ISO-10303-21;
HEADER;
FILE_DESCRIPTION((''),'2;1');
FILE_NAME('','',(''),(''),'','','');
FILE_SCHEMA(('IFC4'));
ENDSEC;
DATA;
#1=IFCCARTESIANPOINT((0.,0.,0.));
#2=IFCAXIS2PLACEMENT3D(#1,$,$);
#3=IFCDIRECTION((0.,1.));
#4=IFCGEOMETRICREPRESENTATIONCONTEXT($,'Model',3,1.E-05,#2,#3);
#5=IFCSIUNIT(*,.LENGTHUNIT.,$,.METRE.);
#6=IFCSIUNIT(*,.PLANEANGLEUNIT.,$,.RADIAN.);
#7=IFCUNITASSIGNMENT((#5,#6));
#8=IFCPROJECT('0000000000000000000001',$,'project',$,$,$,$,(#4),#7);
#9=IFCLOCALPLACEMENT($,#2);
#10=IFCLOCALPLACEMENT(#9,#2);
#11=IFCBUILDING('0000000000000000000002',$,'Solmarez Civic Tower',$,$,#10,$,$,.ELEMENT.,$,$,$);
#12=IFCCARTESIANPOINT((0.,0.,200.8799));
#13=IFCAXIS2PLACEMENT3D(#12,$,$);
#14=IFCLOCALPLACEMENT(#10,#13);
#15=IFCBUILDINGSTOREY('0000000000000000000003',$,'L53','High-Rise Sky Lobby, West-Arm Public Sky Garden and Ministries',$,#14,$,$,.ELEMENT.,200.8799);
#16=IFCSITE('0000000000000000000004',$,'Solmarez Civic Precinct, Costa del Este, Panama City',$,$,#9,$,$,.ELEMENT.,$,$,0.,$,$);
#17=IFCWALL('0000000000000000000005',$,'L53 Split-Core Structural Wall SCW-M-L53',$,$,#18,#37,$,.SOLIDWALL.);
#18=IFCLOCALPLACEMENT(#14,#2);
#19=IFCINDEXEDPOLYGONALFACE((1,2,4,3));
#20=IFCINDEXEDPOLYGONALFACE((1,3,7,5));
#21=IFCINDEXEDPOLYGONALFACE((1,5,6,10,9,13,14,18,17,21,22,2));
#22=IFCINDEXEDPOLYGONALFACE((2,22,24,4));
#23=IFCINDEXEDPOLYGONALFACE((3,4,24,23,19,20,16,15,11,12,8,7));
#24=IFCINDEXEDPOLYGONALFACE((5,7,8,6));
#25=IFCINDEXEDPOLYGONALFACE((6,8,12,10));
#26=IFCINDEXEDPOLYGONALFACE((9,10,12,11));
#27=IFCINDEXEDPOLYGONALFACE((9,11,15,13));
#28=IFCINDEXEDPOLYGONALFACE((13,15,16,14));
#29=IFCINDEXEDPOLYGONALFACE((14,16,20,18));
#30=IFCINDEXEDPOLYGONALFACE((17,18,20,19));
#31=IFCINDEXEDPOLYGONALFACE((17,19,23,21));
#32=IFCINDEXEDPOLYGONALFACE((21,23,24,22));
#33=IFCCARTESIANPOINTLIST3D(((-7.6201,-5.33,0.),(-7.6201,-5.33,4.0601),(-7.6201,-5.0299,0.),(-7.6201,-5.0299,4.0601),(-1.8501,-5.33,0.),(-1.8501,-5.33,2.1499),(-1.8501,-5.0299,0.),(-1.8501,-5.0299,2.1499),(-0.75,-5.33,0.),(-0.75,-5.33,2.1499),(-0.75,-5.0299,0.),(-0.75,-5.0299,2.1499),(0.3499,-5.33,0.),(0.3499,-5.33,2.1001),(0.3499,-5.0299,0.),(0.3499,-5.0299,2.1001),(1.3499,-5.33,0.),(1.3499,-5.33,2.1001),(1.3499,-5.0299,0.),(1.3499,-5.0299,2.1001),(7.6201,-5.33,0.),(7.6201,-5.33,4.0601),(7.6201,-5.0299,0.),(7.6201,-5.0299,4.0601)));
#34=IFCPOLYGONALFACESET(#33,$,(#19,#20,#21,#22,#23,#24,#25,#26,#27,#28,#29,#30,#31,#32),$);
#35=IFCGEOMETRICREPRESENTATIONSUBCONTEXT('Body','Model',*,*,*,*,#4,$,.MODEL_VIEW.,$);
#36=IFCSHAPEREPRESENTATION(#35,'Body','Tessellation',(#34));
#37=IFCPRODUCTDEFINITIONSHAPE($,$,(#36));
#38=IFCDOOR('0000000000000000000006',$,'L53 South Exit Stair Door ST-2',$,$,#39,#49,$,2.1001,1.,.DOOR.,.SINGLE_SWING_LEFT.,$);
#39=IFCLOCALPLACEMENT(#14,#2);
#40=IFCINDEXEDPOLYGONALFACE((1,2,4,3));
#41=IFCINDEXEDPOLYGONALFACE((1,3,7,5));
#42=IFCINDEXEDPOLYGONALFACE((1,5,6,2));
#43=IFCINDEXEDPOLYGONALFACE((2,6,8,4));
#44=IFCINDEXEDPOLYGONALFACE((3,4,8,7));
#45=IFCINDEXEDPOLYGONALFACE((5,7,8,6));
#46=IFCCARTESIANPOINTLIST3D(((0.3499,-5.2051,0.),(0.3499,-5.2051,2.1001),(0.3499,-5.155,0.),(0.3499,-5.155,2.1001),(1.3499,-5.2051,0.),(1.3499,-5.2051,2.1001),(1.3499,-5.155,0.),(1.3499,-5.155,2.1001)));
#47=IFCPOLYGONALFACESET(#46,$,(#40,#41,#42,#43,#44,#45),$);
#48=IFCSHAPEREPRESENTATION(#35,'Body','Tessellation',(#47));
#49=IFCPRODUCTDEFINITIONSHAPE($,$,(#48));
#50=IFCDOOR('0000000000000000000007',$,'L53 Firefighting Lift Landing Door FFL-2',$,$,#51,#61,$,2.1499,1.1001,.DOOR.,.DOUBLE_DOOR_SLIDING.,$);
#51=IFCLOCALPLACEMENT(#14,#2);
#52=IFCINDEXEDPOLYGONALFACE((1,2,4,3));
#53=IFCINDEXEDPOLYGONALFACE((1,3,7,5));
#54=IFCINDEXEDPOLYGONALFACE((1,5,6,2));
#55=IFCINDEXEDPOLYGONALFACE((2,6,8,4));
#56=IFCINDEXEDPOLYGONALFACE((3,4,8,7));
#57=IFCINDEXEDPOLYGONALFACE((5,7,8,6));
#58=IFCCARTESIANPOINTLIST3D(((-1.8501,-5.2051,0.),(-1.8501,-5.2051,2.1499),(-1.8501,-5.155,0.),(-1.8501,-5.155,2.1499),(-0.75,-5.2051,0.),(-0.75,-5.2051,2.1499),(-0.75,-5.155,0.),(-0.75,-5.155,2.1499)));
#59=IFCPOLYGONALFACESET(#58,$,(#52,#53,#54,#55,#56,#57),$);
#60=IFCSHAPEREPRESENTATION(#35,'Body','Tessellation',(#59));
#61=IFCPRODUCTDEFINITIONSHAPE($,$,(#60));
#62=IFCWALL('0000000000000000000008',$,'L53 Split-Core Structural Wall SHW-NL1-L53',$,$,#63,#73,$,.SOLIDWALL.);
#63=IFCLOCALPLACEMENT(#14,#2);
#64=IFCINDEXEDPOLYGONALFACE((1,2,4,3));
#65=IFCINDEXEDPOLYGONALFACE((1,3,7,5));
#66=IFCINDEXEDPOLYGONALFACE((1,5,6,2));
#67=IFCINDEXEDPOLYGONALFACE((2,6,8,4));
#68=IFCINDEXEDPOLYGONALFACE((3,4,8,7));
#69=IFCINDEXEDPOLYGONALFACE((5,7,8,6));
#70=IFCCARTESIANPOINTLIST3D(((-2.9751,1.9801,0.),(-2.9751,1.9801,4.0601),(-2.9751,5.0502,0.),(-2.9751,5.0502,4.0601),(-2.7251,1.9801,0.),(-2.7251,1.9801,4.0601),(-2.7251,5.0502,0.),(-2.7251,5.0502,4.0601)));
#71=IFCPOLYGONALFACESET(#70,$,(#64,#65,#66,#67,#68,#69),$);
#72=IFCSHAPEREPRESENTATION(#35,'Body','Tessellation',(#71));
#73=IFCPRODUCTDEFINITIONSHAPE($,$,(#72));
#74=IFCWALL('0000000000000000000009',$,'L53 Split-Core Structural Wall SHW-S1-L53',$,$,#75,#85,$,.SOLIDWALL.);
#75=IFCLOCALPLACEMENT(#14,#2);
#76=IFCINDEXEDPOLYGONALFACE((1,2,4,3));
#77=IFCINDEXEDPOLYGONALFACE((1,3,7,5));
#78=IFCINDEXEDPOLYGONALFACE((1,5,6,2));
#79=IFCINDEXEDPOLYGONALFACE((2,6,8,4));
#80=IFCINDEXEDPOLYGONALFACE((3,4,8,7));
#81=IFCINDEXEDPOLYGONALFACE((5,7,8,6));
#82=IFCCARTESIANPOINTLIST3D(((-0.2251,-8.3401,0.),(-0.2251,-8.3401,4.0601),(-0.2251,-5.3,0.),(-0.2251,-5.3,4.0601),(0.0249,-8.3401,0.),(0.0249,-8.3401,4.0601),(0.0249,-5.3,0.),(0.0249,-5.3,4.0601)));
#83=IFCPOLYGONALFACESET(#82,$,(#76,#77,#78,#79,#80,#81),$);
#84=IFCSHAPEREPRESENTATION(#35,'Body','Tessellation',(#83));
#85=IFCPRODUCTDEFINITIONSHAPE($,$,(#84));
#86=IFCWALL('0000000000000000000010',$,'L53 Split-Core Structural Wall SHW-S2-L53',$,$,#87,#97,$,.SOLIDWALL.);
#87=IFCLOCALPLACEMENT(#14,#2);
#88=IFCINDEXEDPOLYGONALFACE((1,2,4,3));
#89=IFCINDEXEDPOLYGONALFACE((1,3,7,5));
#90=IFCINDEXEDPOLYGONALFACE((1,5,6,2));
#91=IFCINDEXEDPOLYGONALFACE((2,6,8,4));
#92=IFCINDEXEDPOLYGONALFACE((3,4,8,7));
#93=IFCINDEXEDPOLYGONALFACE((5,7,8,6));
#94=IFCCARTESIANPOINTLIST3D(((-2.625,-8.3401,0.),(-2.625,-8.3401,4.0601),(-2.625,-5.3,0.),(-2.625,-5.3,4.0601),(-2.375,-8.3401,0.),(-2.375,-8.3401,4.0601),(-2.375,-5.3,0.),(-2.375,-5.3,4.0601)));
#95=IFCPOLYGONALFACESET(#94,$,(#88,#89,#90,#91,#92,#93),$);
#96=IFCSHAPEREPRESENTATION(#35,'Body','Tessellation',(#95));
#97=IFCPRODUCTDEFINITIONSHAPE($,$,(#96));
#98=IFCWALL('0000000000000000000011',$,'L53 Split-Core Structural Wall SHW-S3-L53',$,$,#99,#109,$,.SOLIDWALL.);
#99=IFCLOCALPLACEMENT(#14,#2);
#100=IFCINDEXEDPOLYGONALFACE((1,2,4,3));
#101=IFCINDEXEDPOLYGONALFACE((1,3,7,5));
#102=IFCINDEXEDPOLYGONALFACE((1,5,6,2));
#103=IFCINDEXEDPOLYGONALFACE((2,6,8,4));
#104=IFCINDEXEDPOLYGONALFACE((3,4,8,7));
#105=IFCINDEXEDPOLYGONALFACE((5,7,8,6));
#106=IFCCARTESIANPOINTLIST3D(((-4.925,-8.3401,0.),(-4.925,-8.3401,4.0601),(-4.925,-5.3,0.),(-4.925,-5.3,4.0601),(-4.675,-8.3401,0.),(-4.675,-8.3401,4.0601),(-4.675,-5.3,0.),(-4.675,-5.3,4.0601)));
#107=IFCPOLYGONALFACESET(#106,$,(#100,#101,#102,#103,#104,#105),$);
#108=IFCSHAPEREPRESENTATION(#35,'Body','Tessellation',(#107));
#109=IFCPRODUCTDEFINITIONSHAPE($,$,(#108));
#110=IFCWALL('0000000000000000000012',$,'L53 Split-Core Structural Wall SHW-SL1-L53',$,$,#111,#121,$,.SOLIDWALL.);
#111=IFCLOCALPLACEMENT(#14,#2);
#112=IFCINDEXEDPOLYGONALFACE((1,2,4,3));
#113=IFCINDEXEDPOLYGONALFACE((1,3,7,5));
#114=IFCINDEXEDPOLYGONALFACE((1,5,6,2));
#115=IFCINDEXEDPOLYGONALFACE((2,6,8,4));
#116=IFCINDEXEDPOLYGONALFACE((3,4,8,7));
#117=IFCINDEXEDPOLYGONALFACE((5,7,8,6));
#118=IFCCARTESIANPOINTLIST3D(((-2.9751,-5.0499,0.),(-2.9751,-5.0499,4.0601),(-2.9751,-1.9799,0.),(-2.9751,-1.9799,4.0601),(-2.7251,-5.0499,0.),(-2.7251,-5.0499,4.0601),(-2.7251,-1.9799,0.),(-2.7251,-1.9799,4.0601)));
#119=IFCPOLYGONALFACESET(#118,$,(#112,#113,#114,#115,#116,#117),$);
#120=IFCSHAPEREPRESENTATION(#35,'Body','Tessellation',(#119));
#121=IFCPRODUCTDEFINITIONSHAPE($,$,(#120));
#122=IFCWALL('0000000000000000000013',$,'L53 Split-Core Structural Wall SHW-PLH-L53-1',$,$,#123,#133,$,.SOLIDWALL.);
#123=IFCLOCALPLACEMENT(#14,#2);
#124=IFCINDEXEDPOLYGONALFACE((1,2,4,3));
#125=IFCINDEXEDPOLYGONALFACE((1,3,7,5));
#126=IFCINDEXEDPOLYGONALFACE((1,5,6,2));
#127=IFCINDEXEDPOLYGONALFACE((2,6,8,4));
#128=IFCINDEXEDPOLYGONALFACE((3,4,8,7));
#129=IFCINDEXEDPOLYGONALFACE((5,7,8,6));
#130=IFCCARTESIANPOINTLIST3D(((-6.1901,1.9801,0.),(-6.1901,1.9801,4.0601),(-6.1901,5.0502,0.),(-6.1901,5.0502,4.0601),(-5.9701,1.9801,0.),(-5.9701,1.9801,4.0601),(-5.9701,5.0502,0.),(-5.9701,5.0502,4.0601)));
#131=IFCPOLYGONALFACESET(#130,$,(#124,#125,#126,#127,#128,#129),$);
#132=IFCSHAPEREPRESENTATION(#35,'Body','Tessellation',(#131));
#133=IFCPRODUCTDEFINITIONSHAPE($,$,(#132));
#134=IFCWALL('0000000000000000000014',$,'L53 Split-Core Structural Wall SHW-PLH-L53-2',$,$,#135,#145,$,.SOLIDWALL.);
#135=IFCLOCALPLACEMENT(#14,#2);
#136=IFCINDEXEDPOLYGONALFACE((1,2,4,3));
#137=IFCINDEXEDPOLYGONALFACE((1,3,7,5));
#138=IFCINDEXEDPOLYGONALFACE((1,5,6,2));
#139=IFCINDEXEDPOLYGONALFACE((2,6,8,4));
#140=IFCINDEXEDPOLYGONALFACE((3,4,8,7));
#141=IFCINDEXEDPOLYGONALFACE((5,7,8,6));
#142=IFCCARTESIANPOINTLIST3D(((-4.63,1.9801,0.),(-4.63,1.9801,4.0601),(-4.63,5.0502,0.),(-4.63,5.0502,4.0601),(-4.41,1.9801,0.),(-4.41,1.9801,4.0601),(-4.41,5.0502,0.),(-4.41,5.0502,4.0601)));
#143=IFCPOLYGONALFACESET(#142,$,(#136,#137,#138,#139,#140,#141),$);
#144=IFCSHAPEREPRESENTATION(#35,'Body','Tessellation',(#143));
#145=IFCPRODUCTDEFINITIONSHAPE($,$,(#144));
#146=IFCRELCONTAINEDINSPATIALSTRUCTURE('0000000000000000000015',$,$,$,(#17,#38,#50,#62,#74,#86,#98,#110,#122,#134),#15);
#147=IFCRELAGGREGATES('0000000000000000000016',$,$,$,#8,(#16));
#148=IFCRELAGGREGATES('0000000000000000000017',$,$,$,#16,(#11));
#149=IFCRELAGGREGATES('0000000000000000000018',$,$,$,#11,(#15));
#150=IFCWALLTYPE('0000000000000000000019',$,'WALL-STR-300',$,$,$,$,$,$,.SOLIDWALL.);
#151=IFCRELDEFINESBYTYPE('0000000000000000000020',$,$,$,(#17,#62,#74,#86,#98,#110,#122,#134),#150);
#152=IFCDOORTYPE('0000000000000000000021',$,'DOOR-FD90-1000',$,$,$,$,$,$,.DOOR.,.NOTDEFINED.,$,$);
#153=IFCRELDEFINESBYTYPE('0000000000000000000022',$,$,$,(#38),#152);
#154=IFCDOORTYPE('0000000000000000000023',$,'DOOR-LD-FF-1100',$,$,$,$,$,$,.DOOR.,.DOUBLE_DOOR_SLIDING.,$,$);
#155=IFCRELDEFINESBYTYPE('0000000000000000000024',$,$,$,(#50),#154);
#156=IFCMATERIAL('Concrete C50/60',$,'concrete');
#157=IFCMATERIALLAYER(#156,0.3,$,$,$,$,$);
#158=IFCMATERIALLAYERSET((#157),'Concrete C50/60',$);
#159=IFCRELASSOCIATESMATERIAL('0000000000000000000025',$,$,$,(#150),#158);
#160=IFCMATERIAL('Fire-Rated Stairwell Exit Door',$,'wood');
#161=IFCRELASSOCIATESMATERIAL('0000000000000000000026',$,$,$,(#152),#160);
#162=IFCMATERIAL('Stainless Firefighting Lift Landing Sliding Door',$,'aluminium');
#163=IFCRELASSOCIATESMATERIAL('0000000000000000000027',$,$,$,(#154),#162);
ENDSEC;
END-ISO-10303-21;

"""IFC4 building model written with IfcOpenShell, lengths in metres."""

from ifc_helpers import new_model, si_unit, direction, frame, frame_2d, origin, place, context, subcontext, project, spatial, rectangle, extrude, material, layer, layer_set, type_object, element, fill, save


model = new_model("IFC4")

# Units and contexts
model_context = context("Model", 3, precision=1e-05, world=origin(), true_north=direction((0.0, 1.0)))
body_context = subcontext(model_context, "Body", "Model", "MODEL_VIEW")
ifc_project = project(units=[si_unit("LENGTHUNIT", "METRE"), si_unit("PLANEANGLEUNIT", "RADIAN")], contexts=[model_context])

# Site, building, storey
site_placement = place(None, origin())
site = spatial("IfcSite", under=ifc_project, at=site_placement, Name="Solmarez Civic Precinct, Costa del Este, Panama City", CompositionType="ELEMENT", RefElevation=0.0)
building_placement = place(site_placement, origin())
building = spatial("IfcBuilding", under=site, at=building_placement, Name="Solmarez Civic Tower", CompositionType="ELEMENT")
storey_placement = place(building_placement, frame((0.0, 0.0, 200.8799)))
storey = spatial("IfcBuildingStorey", under=building, at=storey_placement, Name="L53", Description="High-Rise Sky Lobby, West-Arm Public Sky Garden and Ministries", CompositionType="ELEMENT", Elevation=200.8799)

# Shared definitions
ifc_material_1 = material(Name="Concrete C50/60", Category="concrete")

# Wall, openings, doors
ifc_layer_1 = layer(ifc_material_1, 0.3)
ifc_layer_set_1 = layer_set([ifc_layer_1], Name="Concrete C50/60")
wall_type_1 = type_object("IfcWallType", Name="WALL-STR-300", PredefinedType="SOLIDWALL", material=ifc_layer_set_1)
wall_1_placement = place(storey_placement, frame((-7.6201, -5.1799, 0.0), z_axis=(0.0, 0.0, 1.0), x_axis=(1.0, 0.0, 0.0)))
wall_1 = element("IfcWall", 1, at=wall_1_placement, inside=storey, type_object=wall_type_1, Name="L53 Split-Core Structural Wall SCW-M-L53", PredefinedType="SOLIDWALL", context=body_context, shape_type="SweptSolid", body=[
    extrude(rectangle(XDim=15.2402, YDim=0.3, at=frame_2d((7.6201, 0.0))), origin(), (0.0, 0.0, 1.0), 4.0601),
])
opening_1_placement = place(wall_1_placement, frame((5.77, 0.0, 0.0)))
opening_1 = element("IfcOpeningElement", 2, at=opening_1_placement, cuts=wall_1, PredefinedType="OPENING", context=body_context, shape_type="SweptSolid", body=[
    extrude(rectangle(XDim=1.1001, YDim=2.1499, at=frame_2d((0.55, 1.075))), frame((0.0, 0.1599, 0.0), z_axis=(0.0, -1.0, 0.0), x_axis=(1.0, 0.0, 0.0)), (0.0, 0.0, 1.0), 0.3201),
])
opening_2_placement = place(wall_1_placement, frame((7.97, 0.0, 0.0)))
opening_2 = element("IfcOpeningElement", 3, at=opening_2_placement, cuts=wall_1, PredefinedType="OPENING", context=body_context, shape_type="SweptSolid", body=[
    extrude(rectangle(XDim=1.0, YDim=2.1001, at=frame_2d((0.5, 1.05))), frame((0.0, 0.1599, 0.0), z_axis=(0.0, -1.0, 0.0), x_axis=(1.0, 0.0, 0.0)), (0.0, 0.0, 1.0), 0.3201),
])
ifc_material_2 = material(Name="Fire-Rated Stairwell Exit Door", Category="wood")
door_type_1 = type_object("IfcDoorType", Name="DOOR-FD90-1000", OperationType="NOTDEFINED", PredefinedType="DOOR", material=ifc_material_2)
door_1_placement = place(opening_2_placement, origin())
door_1 = element("IfcDoor", 4, at=door_1_placement, inside=storey, type_object=door_type_1, Name="L53 South Exit Stair Door ST-2", OperationType="SINGLE_SWING_LEFT", OverallHeight=2.1001, OverallWidth=1.0, PredefinedType="DOOR", context=body_context, shape_type="SweptSolid", body=[
    extrude(rectangle(XDim=1.0, YDim=2.1001, at=frame_2d((0.5, 1.05))), frame((0.0, 0.0249, 0.0), z_axis=(0.0, -1.0, 0.0), x_axis=(1.0, 0.0, 0.0)), (0.0, 0.0, 1.0), 0.05),
])
fill(opening_2, door_1)
ifc_material_3 = material(Name="Stainless Firefighting Lift Landing Sliding Door", Category="aluminium")
door_type_2 = type_object("IfcDoorType", Name="DOOR-LD-FF-1100", OperationType="DOUBLE_DOOR_SLIDING", PredefinedType="DOOR", material=ifc_material_3)
door_2_placement = place(opening_1_placement, origin())
door_2 = element("IfcDoor", 5, at=door_2_placement, inside=storey, type_object=door_type_2, Name="L53 Firefighting Lift Landing Door FFL-2", OperationType="DOUBLE_DOOR_SLIDING", OverallHeight=2.1499, OverallWidth=1.1001, PredefinedType="DOOR", context=body_context, shape_type="SweptSolid", body=[
    extrude(rectangle(XDim=1.1001, YDim=2.1499, at=frame_2d((0.55, 1.075))), frame((0.0, 0.0249, 0.0), z_axis=(0.0, -1.0, 0.0), x_axis=(1.0, 0.0, 0.0)), (0.0, 0.0, 1.0), 0.05),
])
fill(opening_1, door_2)

# Walls
wall_2_placement = place(storey_placement, frame((-2.8501, 1.98, 0.0), z_axis=(0.0, 0.0, 1.0), x_axis=(0.0, 1.0, 0.0)))
element("IfcWall", 6, at=wall_2_placement, inside=storey, type_object=wall_type_1, Name="L53 Split-Core Structural Wall SHW-NL1-L53", PredefinedType="SOLIDWALL", context=body_context, shape_type="SweptSolid", body=[
    extrude(rectangle(XDim=3.0701, YDim=0.25, at=frame_2d((1.5352, 0.0))), origin(), (0.0, 0.0, 1.0), 4.0601),
])
for number, where, z_axis, x_axis, name in (
    (7, (-0.1001, -8.3401, 0.0), (0.0, 0.0, 1.0), (0.0, 1.0, 0.0), "L53 Split-Core Structural Wall SHW-S1-L53"),
    (8, (-2.5, -8.3401, 0.0), (0.0, 0.0, 1.0), (0.0, 1.0, 0.0), "L53 Split-Core Structural Wall SHW-S2-L53"),
    (9, (-4.8, -8.3401, 0.0), (0.0, 0.0, 1.0), (0.0, 1.0, 0.0), "L53 Split-Core Structural Wall SHW-S3-L53"),
):
    element("IfcWall", number, at=place(storey_placement, frame(where, z_axis=z_axis, x_axis=x_axis)), inside=storey, type_object=wall_type_1, Name=name, PredefinedType="SOLIDWALL", context=body_context, shape_type="SweptSolid", body=[
        extrude(rectangle(XDim=3.04, YDim=0.25, at=frame_2d((1.52, 0.0))), origin(), (0.0, 0.0, 1.0), 4.0601),
    ])
wall_3_placement = place(storey_placement, frame((-2.8501, -5.05, 0.0), z_axis=(0.0, 0.0, 1.0), x_axis=(0.0, 1.0, 0.0)))
element("IfcWall", 10, at=wall_3_placement, inside=storey, type_object=wall_type_1, Name="L53 Split-Core Structural Wall SHW-SL1-L53", PredefinedType="SOLIDWALL", context=body_context, shape_type="SweptSolid", body=[
    extrude(rectangle(XDim=3.0701, YDim=0.25, at=frame_2d((1.5352, 0.0))), origin(), (0.0, 0.0, 1.0), 4.0601),
])
for number, where, z_axis, x_axis, name in (
    (11, (-6.0801, 1.98, 0.0), (0.0, 0.0, 1.0), (0.0, 1.0, 0.0), "L53 Split-Core Structural Wall SHW-PLH-L53-1"),
    (12, (-4.52, 1.98, 0.0), (0.0, 0.0, 1.0), (0.0, 1.0, 0.0), "L53 Split-Core Structural Wall SHW-PLH-L53-2"),
):
    element("IfcWall", number, at=place(storey_placement, frame(where, z_axis=z_axis, x_axis=x_axis)), inside=storey, type_object=wall_type_1, Name=name, PredefinedType="SOLIDWALL", context=body_context, shape_type="SweptSolid", body=[
        extrude(rectangle(XDim=3.0701, YDim=0.22, at=frame_2d((1.5352, 0.0))), origin(), (0.0, 0.0, 1.0), 4.0601),
    ])

save(model, "model.ifc")
